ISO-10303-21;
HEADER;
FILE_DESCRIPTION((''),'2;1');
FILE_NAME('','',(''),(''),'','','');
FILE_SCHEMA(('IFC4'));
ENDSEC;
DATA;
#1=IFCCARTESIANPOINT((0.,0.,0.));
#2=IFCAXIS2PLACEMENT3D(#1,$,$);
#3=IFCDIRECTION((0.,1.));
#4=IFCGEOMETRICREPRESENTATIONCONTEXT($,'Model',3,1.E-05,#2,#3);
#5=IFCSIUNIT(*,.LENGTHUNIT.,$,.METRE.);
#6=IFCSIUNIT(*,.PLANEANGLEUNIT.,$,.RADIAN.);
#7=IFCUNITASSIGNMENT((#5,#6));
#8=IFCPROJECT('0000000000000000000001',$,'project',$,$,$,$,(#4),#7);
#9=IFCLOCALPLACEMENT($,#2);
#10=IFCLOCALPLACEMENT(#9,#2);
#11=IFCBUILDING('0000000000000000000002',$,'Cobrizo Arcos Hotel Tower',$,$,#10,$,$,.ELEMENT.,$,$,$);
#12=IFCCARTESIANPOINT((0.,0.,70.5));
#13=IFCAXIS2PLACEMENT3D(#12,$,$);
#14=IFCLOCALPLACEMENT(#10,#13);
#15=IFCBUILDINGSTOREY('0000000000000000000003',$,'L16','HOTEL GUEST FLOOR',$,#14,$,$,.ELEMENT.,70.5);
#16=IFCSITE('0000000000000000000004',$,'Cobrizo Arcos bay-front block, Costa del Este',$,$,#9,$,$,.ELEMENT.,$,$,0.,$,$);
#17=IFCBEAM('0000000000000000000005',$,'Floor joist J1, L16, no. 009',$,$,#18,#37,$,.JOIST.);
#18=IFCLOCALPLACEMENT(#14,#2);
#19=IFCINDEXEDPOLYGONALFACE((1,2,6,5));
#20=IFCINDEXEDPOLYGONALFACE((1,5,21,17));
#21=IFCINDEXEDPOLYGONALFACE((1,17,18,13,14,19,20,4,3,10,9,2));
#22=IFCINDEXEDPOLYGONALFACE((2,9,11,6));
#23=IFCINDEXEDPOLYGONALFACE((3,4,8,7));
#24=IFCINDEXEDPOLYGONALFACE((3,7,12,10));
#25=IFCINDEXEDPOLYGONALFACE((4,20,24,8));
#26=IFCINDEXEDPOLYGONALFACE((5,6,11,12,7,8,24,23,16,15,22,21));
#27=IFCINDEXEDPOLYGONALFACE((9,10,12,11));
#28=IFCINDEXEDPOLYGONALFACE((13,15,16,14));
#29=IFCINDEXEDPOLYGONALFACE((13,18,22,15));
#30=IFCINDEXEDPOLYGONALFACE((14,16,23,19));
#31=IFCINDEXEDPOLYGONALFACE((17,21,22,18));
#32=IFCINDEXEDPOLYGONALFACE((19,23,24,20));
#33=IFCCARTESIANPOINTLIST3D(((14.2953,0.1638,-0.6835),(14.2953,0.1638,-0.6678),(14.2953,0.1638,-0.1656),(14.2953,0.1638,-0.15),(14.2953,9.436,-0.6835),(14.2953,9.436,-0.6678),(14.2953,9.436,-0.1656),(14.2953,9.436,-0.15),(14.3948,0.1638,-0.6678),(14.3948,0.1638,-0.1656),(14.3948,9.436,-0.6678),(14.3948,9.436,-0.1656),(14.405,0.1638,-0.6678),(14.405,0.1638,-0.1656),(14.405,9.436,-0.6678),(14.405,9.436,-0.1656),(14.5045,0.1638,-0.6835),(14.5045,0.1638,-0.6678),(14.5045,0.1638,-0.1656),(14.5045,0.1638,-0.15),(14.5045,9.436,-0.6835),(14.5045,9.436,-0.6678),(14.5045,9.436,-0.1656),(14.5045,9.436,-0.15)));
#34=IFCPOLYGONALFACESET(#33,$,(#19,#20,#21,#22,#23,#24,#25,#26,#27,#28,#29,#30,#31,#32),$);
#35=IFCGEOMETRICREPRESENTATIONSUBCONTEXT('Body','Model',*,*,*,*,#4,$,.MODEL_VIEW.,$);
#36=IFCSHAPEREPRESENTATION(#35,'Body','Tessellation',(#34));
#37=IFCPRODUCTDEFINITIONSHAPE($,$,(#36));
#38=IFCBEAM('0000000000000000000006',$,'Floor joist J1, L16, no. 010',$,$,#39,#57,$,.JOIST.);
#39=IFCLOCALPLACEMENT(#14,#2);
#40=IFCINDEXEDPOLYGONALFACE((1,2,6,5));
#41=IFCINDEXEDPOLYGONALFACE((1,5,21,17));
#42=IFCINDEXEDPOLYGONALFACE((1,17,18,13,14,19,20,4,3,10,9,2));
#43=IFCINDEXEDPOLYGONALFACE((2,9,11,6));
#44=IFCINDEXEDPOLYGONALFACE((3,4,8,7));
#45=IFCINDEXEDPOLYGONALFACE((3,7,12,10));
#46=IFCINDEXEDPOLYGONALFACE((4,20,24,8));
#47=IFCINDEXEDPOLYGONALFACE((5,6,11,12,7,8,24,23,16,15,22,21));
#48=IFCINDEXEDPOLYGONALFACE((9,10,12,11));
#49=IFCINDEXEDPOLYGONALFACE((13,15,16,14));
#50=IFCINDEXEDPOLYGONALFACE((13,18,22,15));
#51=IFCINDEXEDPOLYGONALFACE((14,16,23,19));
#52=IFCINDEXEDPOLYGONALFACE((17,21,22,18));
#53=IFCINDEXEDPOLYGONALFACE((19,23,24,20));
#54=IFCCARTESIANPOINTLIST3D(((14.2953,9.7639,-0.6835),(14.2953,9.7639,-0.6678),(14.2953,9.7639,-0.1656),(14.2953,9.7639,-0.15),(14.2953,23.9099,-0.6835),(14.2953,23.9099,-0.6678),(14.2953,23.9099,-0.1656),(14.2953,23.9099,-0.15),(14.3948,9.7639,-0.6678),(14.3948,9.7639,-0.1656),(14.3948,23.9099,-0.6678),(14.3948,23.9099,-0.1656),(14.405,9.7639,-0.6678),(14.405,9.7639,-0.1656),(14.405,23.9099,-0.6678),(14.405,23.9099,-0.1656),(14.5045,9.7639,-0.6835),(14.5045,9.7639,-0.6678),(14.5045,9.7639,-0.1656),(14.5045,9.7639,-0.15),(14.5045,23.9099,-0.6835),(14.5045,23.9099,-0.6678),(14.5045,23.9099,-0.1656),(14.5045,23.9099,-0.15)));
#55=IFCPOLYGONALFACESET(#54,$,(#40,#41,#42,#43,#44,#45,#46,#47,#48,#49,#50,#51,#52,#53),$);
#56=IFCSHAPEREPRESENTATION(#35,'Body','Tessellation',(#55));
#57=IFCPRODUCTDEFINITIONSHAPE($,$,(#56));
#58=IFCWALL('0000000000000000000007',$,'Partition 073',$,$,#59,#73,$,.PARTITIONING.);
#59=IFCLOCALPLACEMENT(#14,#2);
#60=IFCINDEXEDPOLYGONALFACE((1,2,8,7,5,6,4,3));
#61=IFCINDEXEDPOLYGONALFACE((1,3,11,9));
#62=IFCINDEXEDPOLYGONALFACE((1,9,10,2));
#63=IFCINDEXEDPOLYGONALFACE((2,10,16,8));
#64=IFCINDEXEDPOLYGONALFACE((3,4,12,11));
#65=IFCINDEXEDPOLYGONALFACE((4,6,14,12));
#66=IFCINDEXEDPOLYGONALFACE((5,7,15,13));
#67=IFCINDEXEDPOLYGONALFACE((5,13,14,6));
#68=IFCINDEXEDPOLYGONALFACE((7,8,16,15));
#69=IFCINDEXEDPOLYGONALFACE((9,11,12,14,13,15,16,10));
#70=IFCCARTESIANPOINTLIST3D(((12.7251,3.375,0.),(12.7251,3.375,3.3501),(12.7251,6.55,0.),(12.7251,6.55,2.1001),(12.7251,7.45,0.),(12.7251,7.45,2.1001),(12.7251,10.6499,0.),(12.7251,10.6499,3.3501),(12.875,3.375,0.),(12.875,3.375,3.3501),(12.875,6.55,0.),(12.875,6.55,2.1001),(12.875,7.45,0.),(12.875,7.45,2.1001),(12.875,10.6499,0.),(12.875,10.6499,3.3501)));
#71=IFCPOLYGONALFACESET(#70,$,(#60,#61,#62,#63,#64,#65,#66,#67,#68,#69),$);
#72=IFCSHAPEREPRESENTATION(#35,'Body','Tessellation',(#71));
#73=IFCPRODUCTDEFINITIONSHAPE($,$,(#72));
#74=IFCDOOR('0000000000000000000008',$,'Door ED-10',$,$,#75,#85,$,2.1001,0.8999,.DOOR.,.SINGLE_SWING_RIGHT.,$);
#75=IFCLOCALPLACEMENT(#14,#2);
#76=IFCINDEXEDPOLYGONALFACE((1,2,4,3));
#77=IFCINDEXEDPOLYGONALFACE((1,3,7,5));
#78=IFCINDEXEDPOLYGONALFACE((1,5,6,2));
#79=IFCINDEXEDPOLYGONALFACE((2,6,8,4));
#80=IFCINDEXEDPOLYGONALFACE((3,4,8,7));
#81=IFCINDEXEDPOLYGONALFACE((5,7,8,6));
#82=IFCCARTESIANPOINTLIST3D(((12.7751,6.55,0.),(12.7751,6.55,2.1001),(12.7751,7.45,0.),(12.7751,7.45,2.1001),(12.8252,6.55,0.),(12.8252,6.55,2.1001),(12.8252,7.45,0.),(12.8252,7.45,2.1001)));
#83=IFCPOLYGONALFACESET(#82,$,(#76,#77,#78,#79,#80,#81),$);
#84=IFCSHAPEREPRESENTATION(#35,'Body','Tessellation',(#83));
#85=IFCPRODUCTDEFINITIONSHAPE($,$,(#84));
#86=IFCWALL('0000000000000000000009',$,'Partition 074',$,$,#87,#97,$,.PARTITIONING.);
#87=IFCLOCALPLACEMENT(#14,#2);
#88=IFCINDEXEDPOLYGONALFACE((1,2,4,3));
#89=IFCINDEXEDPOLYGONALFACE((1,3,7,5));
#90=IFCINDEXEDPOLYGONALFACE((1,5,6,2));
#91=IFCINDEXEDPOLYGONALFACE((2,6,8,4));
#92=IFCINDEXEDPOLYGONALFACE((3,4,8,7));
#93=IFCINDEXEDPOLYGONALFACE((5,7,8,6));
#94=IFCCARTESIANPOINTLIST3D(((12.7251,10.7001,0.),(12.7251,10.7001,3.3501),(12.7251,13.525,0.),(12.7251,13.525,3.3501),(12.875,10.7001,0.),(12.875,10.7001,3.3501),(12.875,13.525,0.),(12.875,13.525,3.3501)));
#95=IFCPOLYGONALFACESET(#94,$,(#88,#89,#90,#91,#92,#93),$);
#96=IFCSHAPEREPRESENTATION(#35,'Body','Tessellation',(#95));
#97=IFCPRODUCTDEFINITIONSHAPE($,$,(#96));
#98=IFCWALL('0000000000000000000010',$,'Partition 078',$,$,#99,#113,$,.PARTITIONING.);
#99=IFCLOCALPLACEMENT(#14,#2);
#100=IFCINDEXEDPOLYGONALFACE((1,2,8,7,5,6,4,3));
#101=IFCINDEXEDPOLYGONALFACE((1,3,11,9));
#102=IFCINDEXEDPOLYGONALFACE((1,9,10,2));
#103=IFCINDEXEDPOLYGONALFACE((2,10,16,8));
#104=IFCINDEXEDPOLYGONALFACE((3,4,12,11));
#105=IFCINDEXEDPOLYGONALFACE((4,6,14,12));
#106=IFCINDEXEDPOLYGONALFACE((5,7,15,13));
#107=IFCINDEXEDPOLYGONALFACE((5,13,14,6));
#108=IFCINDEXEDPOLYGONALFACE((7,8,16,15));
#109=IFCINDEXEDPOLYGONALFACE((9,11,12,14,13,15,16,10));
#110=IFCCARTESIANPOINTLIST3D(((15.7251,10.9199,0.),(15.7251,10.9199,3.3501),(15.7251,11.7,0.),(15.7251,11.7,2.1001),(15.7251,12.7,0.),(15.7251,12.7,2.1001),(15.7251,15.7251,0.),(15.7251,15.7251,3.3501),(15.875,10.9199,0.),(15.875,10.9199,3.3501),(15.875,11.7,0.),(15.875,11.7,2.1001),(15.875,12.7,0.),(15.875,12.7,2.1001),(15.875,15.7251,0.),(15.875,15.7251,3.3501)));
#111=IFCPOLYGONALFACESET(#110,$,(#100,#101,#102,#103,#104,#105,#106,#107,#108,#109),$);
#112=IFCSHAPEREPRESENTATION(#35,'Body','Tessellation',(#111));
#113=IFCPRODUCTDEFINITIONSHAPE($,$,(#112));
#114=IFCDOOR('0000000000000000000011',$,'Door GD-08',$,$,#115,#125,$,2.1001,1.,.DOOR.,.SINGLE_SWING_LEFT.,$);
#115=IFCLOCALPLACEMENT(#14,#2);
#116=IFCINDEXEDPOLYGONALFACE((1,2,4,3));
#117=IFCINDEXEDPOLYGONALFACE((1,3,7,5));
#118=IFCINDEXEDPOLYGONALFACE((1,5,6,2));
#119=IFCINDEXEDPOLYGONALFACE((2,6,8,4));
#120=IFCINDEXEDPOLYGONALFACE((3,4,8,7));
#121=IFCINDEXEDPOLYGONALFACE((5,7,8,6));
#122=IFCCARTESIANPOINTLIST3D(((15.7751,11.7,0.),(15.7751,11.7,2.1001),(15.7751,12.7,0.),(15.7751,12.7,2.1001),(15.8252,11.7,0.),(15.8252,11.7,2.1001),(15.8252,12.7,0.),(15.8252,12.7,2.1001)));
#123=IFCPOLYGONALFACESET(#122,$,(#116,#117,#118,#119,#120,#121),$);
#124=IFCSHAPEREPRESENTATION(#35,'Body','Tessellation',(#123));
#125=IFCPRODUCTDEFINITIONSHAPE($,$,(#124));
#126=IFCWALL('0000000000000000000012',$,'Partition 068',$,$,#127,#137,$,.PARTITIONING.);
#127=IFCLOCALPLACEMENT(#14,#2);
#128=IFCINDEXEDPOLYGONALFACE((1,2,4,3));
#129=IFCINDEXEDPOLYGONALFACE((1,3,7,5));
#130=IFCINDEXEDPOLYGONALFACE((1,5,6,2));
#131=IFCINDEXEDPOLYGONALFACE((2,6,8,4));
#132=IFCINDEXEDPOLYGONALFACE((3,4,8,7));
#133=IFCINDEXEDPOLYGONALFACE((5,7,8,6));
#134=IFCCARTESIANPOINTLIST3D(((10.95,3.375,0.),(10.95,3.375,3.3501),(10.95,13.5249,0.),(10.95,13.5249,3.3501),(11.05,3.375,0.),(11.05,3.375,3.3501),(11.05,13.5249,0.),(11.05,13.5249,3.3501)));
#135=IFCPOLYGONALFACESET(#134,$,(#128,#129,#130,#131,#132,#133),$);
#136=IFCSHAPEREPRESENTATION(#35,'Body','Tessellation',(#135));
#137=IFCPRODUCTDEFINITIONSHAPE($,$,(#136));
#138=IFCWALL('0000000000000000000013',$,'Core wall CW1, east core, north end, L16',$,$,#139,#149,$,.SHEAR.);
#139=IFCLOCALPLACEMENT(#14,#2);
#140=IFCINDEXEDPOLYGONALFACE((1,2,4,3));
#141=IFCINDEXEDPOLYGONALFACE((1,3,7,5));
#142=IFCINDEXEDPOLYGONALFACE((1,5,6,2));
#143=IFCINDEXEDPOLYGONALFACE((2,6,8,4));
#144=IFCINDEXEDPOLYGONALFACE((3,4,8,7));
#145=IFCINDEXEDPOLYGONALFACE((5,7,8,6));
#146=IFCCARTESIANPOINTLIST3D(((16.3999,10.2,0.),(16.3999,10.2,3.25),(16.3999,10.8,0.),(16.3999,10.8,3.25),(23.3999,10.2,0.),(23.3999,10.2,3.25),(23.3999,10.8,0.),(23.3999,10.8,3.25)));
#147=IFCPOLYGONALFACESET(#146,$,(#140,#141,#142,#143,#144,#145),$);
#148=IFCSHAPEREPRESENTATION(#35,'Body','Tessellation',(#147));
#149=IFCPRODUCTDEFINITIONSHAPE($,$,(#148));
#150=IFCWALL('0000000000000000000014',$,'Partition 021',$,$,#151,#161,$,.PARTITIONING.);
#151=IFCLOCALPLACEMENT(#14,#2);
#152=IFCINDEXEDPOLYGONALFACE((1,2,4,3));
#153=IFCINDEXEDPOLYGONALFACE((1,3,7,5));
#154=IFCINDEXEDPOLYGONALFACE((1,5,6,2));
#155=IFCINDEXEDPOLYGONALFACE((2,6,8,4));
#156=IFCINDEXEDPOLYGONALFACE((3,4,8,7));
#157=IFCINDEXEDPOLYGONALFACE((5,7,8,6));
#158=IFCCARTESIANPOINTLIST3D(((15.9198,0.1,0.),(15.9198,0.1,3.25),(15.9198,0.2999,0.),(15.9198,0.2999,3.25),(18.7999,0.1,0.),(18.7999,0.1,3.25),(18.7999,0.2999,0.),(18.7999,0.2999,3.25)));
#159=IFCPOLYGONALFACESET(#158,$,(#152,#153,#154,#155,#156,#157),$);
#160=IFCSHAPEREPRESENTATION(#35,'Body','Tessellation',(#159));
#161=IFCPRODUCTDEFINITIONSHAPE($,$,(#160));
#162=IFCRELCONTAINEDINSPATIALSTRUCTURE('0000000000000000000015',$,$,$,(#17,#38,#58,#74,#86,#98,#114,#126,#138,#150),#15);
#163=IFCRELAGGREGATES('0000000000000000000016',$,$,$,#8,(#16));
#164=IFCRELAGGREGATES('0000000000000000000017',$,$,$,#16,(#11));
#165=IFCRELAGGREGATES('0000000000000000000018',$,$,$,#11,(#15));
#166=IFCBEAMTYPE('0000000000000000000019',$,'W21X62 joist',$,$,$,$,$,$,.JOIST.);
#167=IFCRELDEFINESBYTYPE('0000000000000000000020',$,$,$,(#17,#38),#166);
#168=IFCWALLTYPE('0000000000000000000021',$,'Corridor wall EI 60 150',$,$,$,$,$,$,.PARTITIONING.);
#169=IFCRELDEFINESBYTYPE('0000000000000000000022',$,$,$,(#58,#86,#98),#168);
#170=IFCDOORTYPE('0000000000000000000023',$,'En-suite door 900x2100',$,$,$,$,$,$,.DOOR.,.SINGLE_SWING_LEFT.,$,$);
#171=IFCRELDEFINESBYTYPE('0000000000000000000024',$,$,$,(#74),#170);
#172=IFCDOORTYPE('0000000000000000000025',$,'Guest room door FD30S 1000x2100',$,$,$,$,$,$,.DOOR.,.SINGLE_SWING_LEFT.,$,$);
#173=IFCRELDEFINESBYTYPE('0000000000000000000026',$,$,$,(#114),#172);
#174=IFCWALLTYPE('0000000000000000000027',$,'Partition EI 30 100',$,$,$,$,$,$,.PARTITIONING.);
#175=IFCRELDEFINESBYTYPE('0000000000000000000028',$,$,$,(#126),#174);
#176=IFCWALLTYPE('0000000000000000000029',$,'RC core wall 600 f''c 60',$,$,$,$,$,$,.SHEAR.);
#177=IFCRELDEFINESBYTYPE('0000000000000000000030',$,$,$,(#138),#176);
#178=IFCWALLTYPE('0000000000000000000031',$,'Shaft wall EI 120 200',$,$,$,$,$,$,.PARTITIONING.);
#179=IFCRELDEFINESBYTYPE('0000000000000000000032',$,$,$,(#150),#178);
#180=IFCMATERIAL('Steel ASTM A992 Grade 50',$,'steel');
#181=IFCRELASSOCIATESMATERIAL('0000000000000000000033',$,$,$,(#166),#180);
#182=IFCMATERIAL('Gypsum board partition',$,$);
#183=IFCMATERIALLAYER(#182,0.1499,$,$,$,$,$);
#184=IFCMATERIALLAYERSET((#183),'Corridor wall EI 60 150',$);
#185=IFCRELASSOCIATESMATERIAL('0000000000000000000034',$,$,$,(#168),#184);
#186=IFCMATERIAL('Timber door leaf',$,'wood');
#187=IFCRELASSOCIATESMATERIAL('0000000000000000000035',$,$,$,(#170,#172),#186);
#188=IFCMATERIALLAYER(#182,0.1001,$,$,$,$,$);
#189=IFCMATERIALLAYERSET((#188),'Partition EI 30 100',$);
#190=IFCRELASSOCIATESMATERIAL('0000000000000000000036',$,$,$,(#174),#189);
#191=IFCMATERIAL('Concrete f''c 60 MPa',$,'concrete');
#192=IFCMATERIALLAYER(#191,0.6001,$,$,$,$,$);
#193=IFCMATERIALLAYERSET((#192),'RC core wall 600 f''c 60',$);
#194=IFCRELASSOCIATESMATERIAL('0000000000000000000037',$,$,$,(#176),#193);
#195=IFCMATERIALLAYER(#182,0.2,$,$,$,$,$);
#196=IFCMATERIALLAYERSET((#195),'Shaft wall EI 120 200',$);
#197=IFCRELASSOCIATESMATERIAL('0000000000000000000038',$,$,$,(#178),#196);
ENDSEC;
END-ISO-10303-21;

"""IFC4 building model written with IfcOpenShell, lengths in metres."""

from ifc_helpers import new_model, si_unit, direction, frame, frame_2d, origin, origin_2d, place, context, subcontext, project, spatial, rectangle, i_section, extrude, material, layer, layer_set, material_profile, profile_set, type_object, element, fill, save


model = new_model("IFC4")

# Units and contexts
model_context = context("Model", 3, precision=1e-05, world=origin(), true_north=direction((0.0, 1.0)))
body_context = subcontext(model_context, "Body", "Model", "MODEL_VIEW")
ifc_project = project(units=[si_unit("LENGTHUNIT", "METRE"), si_unit("PLANEANGLEUNIT", "RADIAN")], contexts=[model_context])

# Site, building, storey
site_placement = place(None, origin())
site = spatial("IfcSite", under=ifc_project, at=site_placement, Name="Cobrizo Arcos bay-front block, Costa del Este", CompositionType="ELEMENT", RefElevation=0.0)
building_placement = place(site_placement, origin())
building = spatial("IfcBuilding", under=site, at=building_placement, Name="Cobrizo Arcos Hotel Tower", CompositionType="ELEMENT")
storey_placement = place(building_placement, frame((0.0, 0.0, 70.5)))
storey = spatial("IfcBuildingStorey", under=building, at=storey_placement, Name="L16", Description="HOTEL GUEST FLOOR", CompositionType="ELEMENT", Elevation=70.5)

# Beams
ifc_material_1 = material(Name="Steel ASTM A992 Grade 50", Category="steel")
ifc_material_profile = material_profile(ifc_material_1, i_section(OverallWidth=0.2092, OverallDepth=0.5334, WebThickness=0.0103, FlangeThickness=0.0156, at=origin_2d()), Name="W21X62")
ifc_profile_set = profile_set([ifc_material_profile], Name="Steel ASTM A992 Grade 50")
beam_type = type_object("IfcBeamType", Name="W21X62 joist", PredefinedType="JOIST", material=ifc_profile_set)
beam_1_placement = place(storey_placement, frame((14.3999, 0.1638, -0.4167), z_axis=(0.0, 1.0, 0.0), x_axis=(-1.0, 0.0, 0.0)))
element("IfcBeam", 1, at=beam_1_placement, inside=storey, type_object=beam_type, Name="Floor joist J1, L16, no. 009", PredefinedType="JOIST", context=body_context, shape_type="SweptSolid", body=[
    extrude(i_section(OverallWidth=0.2092, OverallDepth=0.5334, WebThickness=0.0103, FlangeThickness=0.0156, at=origin_2d()), origin(), (0.0, 0.0, 1.0), 9.2722),
])
beam_2_placement = place(storey_placement, frame((14.3999, 9.7639, -0.4167), z_axis=(0.0, 1.0, 0.0), x_axis=(-1.0, 0.0, 0.0)))
element("IfcBeam", 2, at=beam_2_placement, inside=storey, type_object=beam_type, Name="Floor joist J1, L16, no. 010", PredefinedType="JOIST", context=body_context, shape_type="SweptSolid", body=[
    extrude(i_section(OverallWidth=0.2092, OverallDepth=0.5334, WebThickness=0.0103, FlangeThickness=0.0156, at=origin_2d()), origin(), (0.0, 0.0, 1.0), 14.146),
])

# Wall, opening, door
ifc_material_2 = material(Name="Gypsum board partition")
ifc_layer_1 = layer(ifc_material_2, 0.1499)
ifc_layer_set_1 = layer_set([ifc_layer_1], Name="Corridor wall EI 60 150")
wall_type_1 = type_object("IfcWallType", Name="Corridor wall EI 60 150", PredefinedType="PARTITIONING", material=ifc_layer_set_1)
wall_1_placement = place(storey_placement, frame((12.8, 3.375, 0.0), z_axis=(0.0, 0.0, 1.0), x_axis=(0.0, 1.0, 0.0)))
wall_1 = element("IfcWall", 3, at=wall_1_placement, inside=storey, type_object=wall_type_1, Name="Partition 073", PredefinedType="PARTITIONING", context=body_context, shape_type="SweptSolid", body=[
    extrude(rectangle(XDim=7.2749, YDim=0.1499, at=frame_2d((3.6375, 0.0))), origin(), (0.0, 0.0, 1.0), 3.3501),
])
opening_1_placement = place(wall_1_placement, frame((3.175, 0.0, 0.0)))
opening_1 = element("IfcOpeningElement", 4, at=opening_1_placement, cuts=wall_1, PredefinedType="OPENING", context=body_context, shape_type="SweptSolid", body=[
    extrude(rectangle(XDim=0.8999, YDim=2.1001, at=frame_2d((0.45, 1.05))), frame((0.0, 0.0869, 0.0), z_axis=(0.0, -1.0, 0.0), x_axis=(1.0, 0.0, 0.0)), (0.0, 0.0, 1.0), 0.1738),
])
ifc_material_3 = material(Name="Timber door leaf", Category="wood")
door_type_1 = type_object("IfcDoorType", Name="En-suite door 900x2100", OperationType="SINGLE_SWING_LEFT", PredefinedType="DOOR", material=ifc_material_3)
door_1_placement = place(opening_1_placement, origin())
door_1 = element("IfcDoor", 5, at=door_1_placement, inside=storey, type_object=door_type_1, Name="Door ED-10", OperationType="SINGLE_SWING_RIGHT", OverallHeight=2.1001, OverallWidth=0.8999, PredefinedType="DOOR", context=body_context, shape_type="SweptSolid", body=[
    extrude(rectangle(XDim=0.8999, YDim=2.1001, at=frame_2d((0.45, 1.05))), frame((0.0, 0.0249, 0.0), z_axis=(0.0, -1.0, 0.0), x_axis=(1.0, 0.0, 0.0)), (0.0, 0.0, 1.0), 0.05),
])
fill(opening_1, door_1)

# Wall
wall_2_placement = place(storey_placement, frame((12.8, 10.7, 0.0), z_axis=(0.0, 0.0, 1.0), x_axis=(0.0, 1.0, 0.0)))
element("IfcWall", 6, at=wall_2_placement, inside=storey, type_object=wall_type_1, Name="Partition 074", PredefinedType="PARTITIONING", context=body_context, shape_type="SweptSolid", body=[
    extrude(rectangle(XDim=2.825, YDim=0.1499, at=frame_2d((1.4126, 0.0))), origin(), (0.0, 0.0, 1.0), 3.3501),
])

# Wall, opening, door
wall_3_placement = place(storey_placement, frame((15.8, 10.9199, 0.0), z_axis=(0.0, 0.0, 1.0), x_axis=(0.0, 1.0, 0.0)))
wall_3 = element("IfcWall", 7, at=wall_3_placement, inside=storey, type_object=wall_type_1, Name="Partition 078", PredefinedType="PARTITIONING", context=body_context, shape_type="SweptSolid", body=[
    extrude(rectangle(XDim=4.8052, YDim=0.1499, at=frame_2d((2.4026, 0.0))), origin(), (0.0, 0.0, 1.0), 3.3501),
])
opening_2_placement = place(wall_3_placement, frame((0.78, 0.0, 0.0)))
opening_2 = element("IfcOpeningElement", 8, at=opening_2_placement, cuts=wall_3, PredefinedType="OPENING", context=body_context, shape_type="SweptSolid", body=[
    extrude(rectangle(XDim=1.0, YDim=2.1001, at=frame_2d((0.5, 1.05))), frame((0.0, 0.0869, 0.0), z_axis=(0.0, -1.0, 0.0), x_axis=(1.0, 0.0, 0.0)), (0.0, 0.0, 1.0), 0.1738),
])
door_type_2 = type_object("IfcDoorType", Name="Guest room door FD30S 1000x2100", OperationType="SINGLE_SWING_LEFT", PredefinedType="DOOR", material=ifc_material_3)
door_2_placement = place(opening_2_placement, origin())
door_2 = element("IfcDoor", 9, at=door_2_placement, inside=storey, type_object=door_type_2, Name="Door GD-08", OperationType="SINGLE_SWING_LEFT", OverallHeight=2.1001, OverallWidth=1.0, PredefinedType="DOOR", context=body_context, shape_type="SweptSolid", body=[
    extrude(rectangle(XDim=1.0, YDim=2.1001, at=frame_2d((0.5, 1.05))), frame((0.0, 0.0249, 0.0), z_axis=(0.0, -1.0, 0.0), x_axis=(1.0, 0.0, 0.0)), (0.0, 0.0, 1.0), 0.05),
])
fill(opening_2, door_2)

# Walls
ifc_layer_2 = layer(ifc_material_2, 0.1001)
ifc_layer_set_2 = layer_set([ifc_layer_2], Name="Partition EI 30 100")
wall_type_2 = type_object("IfcWallType", Name="Partition EI 30 100", PredefinedType="PARTITIONING", material=ifc_layer_set_2)
wall_4_placement = place(storey_placement, frame((11.0, 3.375, 0.0), z_axis=(0.0, 0.0, 1.0), x_axis=(0.0, 1.0, 0.0)))
element("IfcWall", 10, at=wall_4_placement, inside=storey, type_object=wall_type_2, Name="Partition 068", PredefinedType="PARTITIONING", context=body_context, shape_type="SweptSolid", body=[
    extrude(rectangle(XDim=10.1499, YDim=0.1001, at=frame_2d((5.075, 0.0))), origin(), (0.0, 0.0, 1.0), 3.3501),
])
ifc_material_4 = material(Name="Concrete f'c 60 MPa", Category="concrete")
ifc_layer_3 = layer(ifc_material_4, 0.6001)
ifc_layer_set_3 = layer_set([ifc_layer_3], Name="RC core wall 600 f'c 60")
wall_type_3 = type_object("IfcWallType", Name="RC core wall 600 f'c 60", PredefinedType="SHEAR", material=ifc_layer_set_3)
wall_5_placement = place(storey_placement, frame((16.3999, 10.5, 0.0), z_axis=(0.0, 0.0, 1.0), x_axis=(1.0, 0.0, 0.0)))
element("IfcWall", 11, at=wall_5_placement, inside=storey, type_object=wall_type_3, Name="Core wall CW1, east core, north end, L16", PredefinedType="SHEAR", context=body_context, shape_type="SweptSolid", body=[
    extrude(rectangle(XDim=7.0, YDim=0.6001, at=frame_2d((3.5, 0.0))), origin(), (0.0, 0.0, 1.0), 3.25),
])
ifc_layer_4 = layer(ifc_material_2, 0.2)
ifc_layer_set_4 = layer_set([ifc_layer_4], Name="Shaft wall EI 120 200")
wall_type_4 = type_object("IfcWallType", Name="Shaft wall EI 120 200", PredefinedType="PARTITIONING", material=ifc_layer_set_4)
wall_6_placement = place(storey_placement, frame((15.9199, 0.2, 0.0), z_axis=(0.0, 0.0, 1.0), x_axis=(1.0, 0.0, 0.0)))
element("IfcWall", 12, at=wall_6_placement, inside=storey, type_object=wall_type_4, Name="Partition 021", PredefinedType="PARTITIONING", context=body_context, shape_type="SweptSolid", body=[
    extrude(rectangle(XDim=2.8801, YDim=0.2, at=frame_2d((1.4399, 0.0))), origin(), (0.0, 0.0, 1.0), 3.25),
])

save(model, "model.ifc")
